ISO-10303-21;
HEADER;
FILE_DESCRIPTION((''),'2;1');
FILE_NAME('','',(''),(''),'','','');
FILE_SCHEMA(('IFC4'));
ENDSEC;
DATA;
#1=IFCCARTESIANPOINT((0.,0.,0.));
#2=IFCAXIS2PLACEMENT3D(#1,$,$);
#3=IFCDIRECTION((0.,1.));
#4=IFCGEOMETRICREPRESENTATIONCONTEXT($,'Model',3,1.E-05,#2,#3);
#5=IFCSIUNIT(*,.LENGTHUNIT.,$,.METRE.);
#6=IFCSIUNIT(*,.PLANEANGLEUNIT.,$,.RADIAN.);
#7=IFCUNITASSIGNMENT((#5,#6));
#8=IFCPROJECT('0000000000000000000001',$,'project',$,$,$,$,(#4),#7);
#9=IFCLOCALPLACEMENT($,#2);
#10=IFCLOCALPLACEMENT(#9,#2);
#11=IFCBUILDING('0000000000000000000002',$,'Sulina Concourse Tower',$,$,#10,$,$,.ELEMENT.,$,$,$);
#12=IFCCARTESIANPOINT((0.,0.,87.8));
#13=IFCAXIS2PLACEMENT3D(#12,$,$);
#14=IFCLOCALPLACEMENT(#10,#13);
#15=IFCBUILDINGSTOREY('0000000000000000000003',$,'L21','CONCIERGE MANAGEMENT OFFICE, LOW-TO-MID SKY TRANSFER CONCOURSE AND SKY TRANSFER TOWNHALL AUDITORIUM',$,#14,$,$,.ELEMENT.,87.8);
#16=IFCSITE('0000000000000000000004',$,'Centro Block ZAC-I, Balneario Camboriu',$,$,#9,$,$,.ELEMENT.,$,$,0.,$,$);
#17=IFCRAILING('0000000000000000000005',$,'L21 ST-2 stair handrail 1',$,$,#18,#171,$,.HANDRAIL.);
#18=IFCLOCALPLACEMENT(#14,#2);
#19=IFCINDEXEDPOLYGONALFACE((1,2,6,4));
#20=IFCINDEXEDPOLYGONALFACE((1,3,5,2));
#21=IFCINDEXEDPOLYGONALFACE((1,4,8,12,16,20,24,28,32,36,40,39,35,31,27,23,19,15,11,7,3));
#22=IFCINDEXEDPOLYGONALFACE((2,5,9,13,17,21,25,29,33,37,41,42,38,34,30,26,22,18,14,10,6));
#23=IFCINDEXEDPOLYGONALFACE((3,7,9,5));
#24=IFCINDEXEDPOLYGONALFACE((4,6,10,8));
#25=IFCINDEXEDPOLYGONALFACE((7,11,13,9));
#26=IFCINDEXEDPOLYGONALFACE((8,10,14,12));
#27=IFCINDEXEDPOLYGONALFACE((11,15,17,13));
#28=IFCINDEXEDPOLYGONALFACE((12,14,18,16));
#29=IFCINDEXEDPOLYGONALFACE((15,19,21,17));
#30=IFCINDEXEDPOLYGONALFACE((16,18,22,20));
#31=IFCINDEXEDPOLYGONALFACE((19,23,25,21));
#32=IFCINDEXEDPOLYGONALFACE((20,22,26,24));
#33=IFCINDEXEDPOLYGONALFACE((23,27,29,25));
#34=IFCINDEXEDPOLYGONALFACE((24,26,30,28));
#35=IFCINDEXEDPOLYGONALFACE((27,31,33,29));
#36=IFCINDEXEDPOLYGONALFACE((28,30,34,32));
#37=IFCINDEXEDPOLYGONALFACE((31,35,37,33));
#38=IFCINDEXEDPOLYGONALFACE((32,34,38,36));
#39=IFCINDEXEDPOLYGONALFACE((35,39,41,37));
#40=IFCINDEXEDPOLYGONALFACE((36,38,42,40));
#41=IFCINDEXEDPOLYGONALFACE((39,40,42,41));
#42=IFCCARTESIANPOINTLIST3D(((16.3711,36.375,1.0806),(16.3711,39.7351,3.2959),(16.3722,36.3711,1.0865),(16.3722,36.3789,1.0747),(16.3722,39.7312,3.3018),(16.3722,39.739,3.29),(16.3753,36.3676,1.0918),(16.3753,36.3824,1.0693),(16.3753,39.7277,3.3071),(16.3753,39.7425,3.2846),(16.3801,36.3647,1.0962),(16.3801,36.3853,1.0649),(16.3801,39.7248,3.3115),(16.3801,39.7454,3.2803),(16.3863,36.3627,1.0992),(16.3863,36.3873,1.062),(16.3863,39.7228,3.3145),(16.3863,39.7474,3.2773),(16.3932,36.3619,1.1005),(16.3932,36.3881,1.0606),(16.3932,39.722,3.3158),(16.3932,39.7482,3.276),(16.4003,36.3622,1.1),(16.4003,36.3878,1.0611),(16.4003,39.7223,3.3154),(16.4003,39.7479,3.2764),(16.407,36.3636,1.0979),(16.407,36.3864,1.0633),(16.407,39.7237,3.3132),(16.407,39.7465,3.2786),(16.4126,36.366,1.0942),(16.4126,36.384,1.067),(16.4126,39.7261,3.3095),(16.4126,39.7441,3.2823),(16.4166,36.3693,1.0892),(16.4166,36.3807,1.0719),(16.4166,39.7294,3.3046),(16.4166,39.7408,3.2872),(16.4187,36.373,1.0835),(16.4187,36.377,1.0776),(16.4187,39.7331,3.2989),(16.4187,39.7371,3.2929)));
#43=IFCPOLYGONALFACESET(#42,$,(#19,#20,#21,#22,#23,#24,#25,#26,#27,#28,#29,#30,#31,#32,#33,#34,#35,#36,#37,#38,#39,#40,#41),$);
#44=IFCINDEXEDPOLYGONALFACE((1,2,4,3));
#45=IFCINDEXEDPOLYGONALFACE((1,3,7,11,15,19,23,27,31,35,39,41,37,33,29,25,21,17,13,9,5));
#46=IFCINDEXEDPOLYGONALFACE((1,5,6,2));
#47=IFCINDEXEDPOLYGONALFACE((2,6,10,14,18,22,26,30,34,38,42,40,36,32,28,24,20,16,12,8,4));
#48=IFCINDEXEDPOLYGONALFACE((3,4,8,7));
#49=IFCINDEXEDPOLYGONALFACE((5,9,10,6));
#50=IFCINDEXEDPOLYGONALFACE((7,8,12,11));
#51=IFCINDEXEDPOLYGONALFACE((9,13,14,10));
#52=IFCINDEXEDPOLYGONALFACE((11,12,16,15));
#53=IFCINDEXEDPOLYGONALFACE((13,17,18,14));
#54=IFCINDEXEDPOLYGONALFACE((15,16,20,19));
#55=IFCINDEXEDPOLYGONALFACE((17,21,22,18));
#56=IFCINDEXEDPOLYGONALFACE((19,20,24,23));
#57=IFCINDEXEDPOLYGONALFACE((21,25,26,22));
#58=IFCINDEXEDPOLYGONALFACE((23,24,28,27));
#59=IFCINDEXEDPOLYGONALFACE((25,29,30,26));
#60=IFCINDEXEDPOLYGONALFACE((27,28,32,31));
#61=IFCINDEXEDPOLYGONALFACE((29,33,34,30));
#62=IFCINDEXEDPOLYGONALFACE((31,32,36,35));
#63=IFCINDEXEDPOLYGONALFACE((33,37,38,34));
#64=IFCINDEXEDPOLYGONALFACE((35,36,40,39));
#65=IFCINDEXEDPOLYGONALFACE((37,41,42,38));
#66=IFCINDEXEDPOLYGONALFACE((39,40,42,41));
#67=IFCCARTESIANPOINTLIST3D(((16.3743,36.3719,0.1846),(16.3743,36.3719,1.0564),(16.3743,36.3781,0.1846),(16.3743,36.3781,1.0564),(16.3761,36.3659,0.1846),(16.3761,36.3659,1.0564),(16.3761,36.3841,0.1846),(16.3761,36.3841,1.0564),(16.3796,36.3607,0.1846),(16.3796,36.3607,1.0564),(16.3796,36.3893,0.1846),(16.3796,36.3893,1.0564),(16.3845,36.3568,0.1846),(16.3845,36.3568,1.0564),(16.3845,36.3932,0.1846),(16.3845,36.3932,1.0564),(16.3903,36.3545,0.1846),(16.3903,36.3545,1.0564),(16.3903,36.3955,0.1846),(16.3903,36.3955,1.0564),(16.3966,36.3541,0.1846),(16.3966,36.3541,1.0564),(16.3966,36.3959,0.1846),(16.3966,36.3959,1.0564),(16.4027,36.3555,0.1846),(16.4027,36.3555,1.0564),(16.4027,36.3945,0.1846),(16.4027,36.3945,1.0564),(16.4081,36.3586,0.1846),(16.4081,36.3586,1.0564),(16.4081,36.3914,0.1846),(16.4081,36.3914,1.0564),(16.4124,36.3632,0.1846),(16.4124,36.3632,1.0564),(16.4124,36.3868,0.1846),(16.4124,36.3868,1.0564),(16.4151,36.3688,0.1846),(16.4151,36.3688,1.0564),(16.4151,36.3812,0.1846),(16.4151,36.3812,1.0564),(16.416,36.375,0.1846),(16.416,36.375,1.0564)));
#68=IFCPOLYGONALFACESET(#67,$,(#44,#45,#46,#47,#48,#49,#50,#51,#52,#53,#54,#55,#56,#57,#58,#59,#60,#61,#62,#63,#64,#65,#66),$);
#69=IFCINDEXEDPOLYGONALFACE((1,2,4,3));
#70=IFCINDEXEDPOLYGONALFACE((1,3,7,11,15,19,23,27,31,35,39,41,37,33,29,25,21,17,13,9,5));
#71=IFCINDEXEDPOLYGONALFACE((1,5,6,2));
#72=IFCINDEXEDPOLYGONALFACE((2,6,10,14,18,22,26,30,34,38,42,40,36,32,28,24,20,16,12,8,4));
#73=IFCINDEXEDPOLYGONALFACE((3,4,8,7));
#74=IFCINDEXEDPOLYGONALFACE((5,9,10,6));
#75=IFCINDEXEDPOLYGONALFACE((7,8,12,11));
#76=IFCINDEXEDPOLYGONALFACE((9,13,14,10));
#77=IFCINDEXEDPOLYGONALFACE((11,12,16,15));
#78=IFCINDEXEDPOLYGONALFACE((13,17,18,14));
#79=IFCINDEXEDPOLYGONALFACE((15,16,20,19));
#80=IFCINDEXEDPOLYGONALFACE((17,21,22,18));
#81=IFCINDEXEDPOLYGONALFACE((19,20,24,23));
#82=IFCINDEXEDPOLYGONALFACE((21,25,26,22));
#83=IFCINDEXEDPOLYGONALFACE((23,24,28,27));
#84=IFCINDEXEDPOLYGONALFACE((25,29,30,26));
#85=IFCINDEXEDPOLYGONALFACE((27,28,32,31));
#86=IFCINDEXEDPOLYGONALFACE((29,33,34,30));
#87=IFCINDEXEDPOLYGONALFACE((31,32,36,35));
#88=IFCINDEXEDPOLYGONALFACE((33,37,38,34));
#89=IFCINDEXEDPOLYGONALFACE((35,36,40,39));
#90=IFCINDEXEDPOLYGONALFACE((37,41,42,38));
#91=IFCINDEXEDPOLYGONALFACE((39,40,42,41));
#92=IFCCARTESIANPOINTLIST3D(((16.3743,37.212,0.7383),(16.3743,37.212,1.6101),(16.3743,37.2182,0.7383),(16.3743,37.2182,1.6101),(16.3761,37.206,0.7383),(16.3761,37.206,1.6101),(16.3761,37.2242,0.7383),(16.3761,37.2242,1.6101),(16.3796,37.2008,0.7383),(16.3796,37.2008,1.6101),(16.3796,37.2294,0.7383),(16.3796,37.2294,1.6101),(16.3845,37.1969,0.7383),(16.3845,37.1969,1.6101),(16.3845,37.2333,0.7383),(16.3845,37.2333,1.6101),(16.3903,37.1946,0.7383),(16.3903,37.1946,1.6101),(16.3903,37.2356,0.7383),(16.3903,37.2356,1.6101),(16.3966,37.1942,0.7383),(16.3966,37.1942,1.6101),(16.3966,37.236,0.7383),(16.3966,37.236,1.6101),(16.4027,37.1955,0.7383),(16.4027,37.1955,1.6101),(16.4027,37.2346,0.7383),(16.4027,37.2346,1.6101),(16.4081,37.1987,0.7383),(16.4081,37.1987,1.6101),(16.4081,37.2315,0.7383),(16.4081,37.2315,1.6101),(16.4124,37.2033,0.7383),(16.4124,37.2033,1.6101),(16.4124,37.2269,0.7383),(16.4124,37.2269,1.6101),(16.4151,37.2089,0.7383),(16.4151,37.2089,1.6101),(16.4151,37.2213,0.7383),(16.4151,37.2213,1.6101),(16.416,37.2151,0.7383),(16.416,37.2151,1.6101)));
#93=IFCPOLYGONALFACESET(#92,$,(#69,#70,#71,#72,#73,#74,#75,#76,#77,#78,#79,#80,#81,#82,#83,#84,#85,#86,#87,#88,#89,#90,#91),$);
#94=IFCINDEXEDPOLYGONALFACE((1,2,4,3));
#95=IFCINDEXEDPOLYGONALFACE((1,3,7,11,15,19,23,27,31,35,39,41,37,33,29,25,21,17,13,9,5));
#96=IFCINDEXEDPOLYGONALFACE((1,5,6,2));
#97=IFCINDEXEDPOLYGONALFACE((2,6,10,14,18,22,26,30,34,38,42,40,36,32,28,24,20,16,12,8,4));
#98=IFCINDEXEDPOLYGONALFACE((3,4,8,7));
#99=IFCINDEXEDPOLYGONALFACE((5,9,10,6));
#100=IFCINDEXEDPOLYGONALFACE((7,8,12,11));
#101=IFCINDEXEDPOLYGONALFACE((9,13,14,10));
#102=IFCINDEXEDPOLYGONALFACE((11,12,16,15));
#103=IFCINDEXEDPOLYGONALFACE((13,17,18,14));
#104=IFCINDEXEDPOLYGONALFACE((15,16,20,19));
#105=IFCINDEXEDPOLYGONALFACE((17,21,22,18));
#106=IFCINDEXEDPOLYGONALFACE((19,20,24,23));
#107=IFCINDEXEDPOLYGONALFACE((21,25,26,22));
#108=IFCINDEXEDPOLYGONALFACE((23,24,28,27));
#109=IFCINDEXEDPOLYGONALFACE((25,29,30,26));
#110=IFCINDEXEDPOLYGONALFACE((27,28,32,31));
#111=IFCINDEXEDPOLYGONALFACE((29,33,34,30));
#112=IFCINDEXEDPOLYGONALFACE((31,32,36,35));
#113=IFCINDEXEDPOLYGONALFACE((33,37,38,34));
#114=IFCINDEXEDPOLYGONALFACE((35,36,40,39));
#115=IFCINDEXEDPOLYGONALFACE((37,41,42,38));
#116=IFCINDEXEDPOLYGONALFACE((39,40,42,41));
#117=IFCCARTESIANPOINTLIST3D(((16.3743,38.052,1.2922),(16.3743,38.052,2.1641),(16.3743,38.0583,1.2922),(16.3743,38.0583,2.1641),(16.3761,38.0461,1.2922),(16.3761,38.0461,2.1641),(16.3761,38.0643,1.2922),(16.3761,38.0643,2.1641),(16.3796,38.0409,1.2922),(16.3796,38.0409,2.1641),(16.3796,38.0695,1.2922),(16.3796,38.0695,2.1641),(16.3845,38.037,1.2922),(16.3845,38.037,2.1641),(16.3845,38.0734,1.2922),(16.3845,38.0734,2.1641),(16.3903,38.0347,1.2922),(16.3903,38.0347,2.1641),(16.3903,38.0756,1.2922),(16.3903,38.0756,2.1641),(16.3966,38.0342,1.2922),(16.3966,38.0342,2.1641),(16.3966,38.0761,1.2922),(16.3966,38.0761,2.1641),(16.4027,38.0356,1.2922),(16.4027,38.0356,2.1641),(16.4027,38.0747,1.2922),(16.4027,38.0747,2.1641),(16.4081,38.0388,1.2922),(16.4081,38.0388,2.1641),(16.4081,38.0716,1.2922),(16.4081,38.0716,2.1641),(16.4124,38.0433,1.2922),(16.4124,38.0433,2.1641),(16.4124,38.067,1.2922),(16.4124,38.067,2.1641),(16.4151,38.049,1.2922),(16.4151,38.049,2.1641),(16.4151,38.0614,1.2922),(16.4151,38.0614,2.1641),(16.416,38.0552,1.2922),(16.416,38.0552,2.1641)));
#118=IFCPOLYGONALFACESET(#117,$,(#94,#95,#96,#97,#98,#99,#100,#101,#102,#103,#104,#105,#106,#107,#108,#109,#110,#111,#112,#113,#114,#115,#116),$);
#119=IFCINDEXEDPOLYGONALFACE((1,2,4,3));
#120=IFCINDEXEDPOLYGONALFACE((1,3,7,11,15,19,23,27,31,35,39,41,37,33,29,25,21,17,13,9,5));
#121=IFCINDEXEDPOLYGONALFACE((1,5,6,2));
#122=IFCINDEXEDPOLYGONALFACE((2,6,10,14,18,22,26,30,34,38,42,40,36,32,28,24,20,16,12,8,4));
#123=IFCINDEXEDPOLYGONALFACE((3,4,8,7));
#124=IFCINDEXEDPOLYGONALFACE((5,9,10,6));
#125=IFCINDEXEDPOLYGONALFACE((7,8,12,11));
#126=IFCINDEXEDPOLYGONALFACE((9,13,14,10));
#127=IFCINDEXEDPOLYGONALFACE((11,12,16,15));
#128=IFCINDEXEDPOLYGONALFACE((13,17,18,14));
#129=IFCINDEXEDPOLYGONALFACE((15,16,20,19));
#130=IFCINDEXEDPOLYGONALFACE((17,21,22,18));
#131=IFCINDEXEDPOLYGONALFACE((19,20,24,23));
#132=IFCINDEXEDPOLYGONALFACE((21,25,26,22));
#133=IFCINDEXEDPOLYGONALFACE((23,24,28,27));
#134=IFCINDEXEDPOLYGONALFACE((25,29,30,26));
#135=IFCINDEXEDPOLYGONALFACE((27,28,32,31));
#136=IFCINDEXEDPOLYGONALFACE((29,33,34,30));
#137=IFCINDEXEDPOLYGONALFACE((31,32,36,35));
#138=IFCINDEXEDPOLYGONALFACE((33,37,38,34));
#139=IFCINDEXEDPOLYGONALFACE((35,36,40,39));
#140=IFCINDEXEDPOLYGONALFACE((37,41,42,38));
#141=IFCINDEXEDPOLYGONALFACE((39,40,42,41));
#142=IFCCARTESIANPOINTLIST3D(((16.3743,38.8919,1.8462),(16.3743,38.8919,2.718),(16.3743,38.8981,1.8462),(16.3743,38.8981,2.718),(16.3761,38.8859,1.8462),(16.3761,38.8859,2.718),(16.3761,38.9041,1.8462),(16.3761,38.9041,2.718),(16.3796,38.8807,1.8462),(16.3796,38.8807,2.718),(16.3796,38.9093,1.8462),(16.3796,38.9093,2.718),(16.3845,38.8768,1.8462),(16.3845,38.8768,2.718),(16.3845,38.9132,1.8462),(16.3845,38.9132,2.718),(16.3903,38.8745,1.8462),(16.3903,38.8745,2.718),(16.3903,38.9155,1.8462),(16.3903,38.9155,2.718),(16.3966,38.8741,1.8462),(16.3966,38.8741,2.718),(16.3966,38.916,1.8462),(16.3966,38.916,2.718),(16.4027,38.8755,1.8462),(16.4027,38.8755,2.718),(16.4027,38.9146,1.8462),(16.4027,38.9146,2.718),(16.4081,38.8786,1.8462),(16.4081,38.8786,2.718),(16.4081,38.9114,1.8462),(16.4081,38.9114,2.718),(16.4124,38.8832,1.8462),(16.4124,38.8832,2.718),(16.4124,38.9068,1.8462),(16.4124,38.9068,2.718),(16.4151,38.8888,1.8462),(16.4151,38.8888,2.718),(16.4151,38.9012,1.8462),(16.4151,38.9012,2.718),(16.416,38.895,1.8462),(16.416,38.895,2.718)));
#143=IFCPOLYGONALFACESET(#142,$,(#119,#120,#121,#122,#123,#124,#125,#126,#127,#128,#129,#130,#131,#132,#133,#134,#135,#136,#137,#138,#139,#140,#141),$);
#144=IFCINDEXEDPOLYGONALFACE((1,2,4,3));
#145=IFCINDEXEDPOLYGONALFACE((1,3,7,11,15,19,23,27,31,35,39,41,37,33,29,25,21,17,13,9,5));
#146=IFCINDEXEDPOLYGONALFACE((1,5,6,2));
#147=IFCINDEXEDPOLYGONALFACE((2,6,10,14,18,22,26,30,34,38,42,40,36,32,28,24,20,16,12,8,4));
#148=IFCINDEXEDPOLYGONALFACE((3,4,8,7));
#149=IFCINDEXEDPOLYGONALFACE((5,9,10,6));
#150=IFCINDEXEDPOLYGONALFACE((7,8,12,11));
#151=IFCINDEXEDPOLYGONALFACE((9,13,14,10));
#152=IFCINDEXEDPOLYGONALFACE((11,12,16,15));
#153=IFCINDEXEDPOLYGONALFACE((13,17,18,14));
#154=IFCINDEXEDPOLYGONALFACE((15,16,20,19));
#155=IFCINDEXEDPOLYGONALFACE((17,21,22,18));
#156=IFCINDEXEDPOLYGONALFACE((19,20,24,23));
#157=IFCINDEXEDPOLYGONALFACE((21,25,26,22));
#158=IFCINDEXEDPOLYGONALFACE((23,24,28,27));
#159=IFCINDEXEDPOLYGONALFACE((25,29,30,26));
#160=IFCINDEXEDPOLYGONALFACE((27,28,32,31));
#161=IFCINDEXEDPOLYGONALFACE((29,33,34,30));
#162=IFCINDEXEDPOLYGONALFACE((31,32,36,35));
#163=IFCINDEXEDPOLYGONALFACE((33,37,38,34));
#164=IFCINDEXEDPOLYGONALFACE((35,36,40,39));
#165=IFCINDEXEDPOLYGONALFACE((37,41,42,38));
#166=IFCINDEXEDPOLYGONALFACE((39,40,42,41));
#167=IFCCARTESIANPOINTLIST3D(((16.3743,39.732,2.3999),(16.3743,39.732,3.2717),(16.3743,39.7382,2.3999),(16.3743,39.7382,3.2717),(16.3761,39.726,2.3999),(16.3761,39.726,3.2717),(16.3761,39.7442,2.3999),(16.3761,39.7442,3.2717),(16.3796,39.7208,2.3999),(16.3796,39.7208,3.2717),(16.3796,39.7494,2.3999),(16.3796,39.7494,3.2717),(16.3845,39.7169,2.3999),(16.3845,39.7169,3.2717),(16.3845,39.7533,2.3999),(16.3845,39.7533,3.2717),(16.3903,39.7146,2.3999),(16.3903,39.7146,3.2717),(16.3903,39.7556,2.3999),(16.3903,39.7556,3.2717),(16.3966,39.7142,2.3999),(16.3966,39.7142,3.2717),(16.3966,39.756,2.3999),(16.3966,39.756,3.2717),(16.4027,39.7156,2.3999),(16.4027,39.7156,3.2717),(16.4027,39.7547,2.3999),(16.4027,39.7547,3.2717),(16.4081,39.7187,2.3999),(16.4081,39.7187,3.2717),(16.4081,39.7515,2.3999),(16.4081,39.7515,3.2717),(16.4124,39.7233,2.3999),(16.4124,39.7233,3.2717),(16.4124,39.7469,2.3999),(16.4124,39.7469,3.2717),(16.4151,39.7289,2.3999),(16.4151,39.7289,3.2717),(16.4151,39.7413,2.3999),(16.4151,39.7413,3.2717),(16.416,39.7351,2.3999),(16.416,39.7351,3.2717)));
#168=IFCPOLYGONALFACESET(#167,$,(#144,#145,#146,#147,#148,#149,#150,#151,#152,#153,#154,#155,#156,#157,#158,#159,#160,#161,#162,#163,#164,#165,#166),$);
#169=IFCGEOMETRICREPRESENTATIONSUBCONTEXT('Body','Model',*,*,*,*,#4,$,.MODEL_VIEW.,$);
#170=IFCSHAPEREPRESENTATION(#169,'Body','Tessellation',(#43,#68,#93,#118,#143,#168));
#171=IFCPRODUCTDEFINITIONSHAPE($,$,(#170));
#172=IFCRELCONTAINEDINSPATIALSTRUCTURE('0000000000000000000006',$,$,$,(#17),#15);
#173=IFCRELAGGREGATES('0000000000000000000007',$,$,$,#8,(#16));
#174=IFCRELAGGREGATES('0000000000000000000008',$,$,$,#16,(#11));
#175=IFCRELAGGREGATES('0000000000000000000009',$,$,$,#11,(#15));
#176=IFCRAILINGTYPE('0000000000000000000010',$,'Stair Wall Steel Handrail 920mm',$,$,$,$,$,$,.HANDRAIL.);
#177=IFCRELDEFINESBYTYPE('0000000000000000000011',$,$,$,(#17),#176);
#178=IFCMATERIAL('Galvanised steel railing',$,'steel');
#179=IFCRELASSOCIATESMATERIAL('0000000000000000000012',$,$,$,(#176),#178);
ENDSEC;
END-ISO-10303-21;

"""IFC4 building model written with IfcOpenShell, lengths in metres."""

from ifc_helpers import new_model, si_unit, direction, frame, origin, origin_2d, place, context, subcontext, project, spatial, circle, extrude, material, type_object, element, save


model = new_model("IFC4")

# Units and contexts
model_context = context("Model", 3, precision=1e-05, world=origin(), true_north=direction((0.0, 1.0)))
body_context = subcontext(model_context, "Body", "Model", "MODEL_VIEW")
ifc_project = project(units=[si_unit("LENGTHUNIT", "METRE"), si_unit("PLANEANGLEUNIT", "RADIAN")], contexts=[model_context])

# Site, building, storey
site_placement = place(None, origin())
site = spatial("IfcSite", under=ifc_project, at=site_placement, Name="Centro Block ZAC-I, Balneario Camboriu", CompositionType="ELEMENT", RefElevation=0.0)
building_placement = place(site_placement, origin())
building = spatial("IfcBuilding", under=site, at=building_placement, Name="Sulina Concourse Tower", CompositionType="ELEMENT")
storey_placement = place(building_placement, frame((0.0, 0.0, 87.8)))
storey = spatial("IfcBuildingStorey", under=building, at=storey_placement, Name="L21", Description="CONCIERGE MANAGEMENT OFFICE, LOW-TO-MID SKY TRANSFER CONCOURSE AND SKY TRANSFER TOWNHALL AUDITORIUM", CompositionType="ELEMENT", Elevation=87.8)

# Railing
ifc_material_1 = material(Name="Galvanised steel railing", Category="steel")
railing_type_1 = type_object("IfcRailingType", Name="Stair Wall Steel Handrail 920mm", PredefinedType="HANDRAIL", material=ifc_material_1)
railing_1_placement = place(storey_placement, frame((16.395, 36.375, 0.1846)))
element("IfcRailing", 1, at=railing_1_placement, inside=storey, type_object=railing_type_1, Name="L21 ST-2 stair handrail 1", PredefinedType="HANDRAIL", context=body_context, shape_type="SweptSolid", body=[
    extrude(circle(Radius=0.0239, at=origin_2d()), frame((0.0, 0.0, 0.896), z_axis=(0.0, 0.834876, 0.550437), x_axis=(-1.0, 0.0, 0.0)), (0.0, 0.0, 1.0), 4.0247),
    extrude(circle(Radius=0.021, at=origin_2d()), origin(), (0.0, 0.0, 1.0), 0.8718),
    extrude(circle(Radius=0.021, at=origin_2d()), frame((0.0, 0.8401, 0.5537)), (0.0, 0.0, 1.0), 0.8718),
    extrude(circle(Radius=0.021, at=origin_2d()), frame((0.0, 1.6802, 1.1077)), (0.0, 0.0, 1.0), 0.8718),
    extrude(circle(Radius=0.021, at=origin_2d()), frame((0.0, 2.52, 1.6616)), (0.0, 0.0, 1.0), 0.8718),
    extrude(circle(Radius=0.021, at=origin_2d()), frame((0.0, 3.3601, 2.2153)), (0.0, 0.0, 1.0), 0.8718),
])

save(model, "model.ifc")
